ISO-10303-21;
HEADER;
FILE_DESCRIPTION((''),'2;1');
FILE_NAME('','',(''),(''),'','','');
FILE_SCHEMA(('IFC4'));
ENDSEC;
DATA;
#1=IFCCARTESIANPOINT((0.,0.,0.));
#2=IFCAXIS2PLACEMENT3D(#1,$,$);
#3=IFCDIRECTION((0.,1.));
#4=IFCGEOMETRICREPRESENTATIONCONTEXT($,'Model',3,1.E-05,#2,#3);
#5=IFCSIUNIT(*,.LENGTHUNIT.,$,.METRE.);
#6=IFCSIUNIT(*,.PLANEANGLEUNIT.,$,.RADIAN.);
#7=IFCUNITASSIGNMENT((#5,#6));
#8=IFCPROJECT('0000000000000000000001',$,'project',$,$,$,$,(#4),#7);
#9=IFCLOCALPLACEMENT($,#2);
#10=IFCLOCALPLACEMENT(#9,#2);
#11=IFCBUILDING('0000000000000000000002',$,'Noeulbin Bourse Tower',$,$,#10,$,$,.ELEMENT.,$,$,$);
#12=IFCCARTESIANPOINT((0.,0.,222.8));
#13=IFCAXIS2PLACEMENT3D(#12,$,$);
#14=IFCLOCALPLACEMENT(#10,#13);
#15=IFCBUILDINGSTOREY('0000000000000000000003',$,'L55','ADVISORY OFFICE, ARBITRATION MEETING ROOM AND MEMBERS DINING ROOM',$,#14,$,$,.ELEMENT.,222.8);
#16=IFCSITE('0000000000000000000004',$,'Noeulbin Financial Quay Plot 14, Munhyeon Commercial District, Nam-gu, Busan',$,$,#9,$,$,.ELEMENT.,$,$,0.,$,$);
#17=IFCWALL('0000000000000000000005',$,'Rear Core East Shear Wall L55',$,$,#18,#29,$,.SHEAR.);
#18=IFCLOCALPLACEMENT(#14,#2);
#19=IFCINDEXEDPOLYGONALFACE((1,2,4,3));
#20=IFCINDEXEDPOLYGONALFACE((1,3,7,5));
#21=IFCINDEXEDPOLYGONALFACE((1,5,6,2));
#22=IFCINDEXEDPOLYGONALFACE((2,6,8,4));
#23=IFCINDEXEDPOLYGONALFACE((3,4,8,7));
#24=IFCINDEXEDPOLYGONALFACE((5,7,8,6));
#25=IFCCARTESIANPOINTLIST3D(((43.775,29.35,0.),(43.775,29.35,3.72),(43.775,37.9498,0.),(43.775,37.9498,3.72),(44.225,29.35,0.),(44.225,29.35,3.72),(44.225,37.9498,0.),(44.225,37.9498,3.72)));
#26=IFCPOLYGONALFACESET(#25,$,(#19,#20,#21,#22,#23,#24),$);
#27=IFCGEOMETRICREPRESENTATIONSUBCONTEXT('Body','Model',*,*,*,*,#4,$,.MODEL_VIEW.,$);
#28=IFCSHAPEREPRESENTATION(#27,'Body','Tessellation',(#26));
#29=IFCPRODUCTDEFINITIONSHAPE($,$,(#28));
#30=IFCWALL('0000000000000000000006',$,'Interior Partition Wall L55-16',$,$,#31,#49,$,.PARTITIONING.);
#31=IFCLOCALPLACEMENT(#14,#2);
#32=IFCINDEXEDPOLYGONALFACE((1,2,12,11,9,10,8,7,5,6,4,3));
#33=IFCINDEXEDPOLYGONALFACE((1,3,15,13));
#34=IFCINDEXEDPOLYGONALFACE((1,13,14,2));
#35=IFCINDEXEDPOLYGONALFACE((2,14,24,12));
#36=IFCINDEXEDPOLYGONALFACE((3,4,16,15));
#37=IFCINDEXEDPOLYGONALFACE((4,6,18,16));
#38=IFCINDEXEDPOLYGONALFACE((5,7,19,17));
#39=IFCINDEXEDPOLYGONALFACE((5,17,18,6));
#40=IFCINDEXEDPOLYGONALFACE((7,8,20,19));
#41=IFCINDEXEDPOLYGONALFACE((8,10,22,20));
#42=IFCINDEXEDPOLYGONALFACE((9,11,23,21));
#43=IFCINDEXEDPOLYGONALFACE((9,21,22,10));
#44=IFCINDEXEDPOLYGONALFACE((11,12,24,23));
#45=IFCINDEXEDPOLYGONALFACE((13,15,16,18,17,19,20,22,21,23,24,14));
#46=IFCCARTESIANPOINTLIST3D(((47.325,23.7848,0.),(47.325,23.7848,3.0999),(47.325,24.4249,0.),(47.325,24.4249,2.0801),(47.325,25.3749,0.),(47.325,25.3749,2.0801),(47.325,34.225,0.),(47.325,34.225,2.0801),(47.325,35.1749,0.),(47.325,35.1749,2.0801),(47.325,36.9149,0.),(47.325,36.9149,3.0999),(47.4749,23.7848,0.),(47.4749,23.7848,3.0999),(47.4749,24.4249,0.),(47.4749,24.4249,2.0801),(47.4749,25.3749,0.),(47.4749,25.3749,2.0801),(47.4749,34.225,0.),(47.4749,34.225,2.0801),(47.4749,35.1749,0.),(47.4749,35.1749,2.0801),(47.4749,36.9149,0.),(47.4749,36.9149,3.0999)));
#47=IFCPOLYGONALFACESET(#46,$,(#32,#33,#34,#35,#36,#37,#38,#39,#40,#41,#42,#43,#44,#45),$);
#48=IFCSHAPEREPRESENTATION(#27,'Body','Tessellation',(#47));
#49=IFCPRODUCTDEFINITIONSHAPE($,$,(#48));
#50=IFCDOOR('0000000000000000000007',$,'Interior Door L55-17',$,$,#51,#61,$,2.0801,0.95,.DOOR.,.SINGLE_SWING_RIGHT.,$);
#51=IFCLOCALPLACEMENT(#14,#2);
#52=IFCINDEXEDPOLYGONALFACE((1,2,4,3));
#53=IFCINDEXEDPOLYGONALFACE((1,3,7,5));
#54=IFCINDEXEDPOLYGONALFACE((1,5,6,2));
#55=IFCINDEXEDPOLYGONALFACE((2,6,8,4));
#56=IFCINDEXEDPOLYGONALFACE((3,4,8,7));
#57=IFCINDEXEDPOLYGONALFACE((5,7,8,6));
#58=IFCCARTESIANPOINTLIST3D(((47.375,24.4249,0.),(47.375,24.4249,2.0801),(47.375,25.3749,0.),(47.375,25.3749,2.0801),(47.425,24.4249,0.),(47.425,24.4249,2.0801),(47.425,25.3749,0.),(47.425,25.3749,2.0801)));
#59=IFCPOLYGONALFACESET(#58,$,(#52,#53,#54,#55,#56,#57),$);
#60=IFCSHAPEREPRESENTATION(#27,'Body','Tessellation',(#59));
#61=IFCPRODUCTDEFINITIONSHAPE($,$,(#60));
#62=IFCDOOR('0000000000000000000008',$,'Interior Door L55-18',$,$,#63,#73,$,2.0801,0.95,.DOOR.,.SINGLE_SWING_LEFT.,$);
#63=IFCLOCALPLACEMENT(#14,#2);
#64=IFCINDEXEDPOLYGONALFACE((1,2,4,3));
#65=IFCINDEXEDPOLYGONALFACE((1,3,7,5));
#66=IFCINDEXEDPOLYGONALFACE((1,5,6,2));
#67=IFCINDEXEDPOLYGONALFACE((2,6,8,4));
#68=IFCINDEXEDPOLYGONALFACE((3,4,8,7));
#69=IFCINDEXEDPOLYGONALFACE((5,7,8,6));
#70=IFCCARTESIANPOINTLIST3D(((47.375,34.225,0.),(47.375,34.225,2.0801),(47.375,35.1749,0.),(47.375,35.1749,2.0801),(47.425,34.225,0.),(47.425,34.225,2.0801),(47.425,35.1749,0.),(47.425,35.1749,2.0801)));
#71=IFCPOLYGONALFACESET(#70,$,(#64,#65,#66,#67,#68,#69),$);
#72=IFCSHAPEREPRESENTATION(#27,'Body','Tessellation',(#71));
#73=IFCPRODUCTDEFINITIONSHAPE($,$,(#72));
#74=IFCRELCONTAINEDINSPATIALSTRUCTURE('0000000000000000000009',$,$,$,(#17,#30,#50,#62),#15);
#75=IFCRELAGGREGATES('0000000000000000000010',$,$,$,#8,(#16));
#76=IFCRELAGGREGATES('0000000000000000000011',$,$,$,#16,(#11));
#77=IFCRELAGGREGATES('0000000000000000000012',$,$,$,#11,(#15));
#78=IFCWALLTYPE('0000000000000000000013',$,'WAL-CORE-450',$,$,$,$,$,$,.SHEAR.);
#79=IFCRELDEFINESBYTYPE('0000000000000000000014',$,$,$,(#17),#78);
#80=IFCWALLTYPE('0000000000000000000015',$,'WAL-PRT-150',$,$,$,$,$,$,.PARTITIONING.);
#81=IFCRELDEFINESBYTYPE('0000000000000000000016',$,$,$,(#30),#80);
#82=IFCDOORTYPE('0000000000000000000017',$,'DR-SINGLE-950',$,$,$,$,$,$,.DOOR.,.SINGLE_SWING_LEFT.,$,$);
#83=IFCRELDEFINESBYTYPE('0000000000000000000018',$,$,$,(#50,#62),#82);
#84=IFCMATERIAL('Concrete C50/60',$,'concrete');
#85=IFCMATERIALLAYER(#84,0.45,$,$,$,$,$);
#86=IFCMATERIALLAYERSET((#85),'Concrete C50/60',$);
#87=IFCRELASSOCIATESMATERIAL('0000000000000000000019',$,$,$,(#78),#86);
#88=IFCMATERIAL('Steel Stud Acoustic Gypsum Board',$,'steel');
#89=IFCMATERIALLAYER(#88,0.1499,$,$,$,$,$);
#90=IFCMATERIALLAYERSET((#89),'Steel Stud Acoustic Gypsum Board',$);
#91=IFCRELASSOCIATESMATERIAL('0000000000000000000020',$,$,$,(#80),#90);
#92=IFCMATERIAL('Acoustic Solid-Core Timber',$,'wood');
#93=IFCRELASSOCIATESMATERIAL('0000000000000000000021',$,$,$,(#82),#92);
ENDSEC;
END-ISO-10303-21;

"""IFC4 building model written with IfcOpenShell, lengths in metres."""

from ifc_helpers import new_model, si_unit, direction, frame, frame_2d, origin, place, context, subcontext, project, spatial, rectangle, extrude, material, layer, layer_set, type_object, element, fill, save


model = new_model("IFC4")

# Units and contexts
model_context = context("Model", 3, precision=1e-05, world=origin(), true_north=direction((0.0, 1.0)))
body_context = subcontext(model_context, "Body", "Model", "MODEL_VIEW")
ifc_project = project(units=[si_unit("LENGTHUNIT", "METRE"), si_unit("PLANEANGLEUNIT", "RADIAN")], contexts=[model_context])

# Site, building, storey
site_placement = place(None, origin())
site = spatial("IfcSite", under=ifc_project, at=site_placement, Name="Noeulbin Financial Quay Plot 14, Munhyeon Commercial District, Nam-gu, Busan", CompositionType="ELEMENT", RefElevation=0.0)
building_placement = place(site_placement, origin())
building = spatial("IfcBuilding", under=site, at=building_placement, Name="Noeulbin Bourse Tower", CompositionType="ELEMENT")
storey_placement = place(building_placement, frame((0.0, 0.0, 222.8)))
storey = spatial("IfcBuildingStorey", under=building, at=storey_placement, Name="L55", Description="ADVISORY OFFICE, ARBITRATION MEETING ROOM AND MEMBERS DINING ROOM", CompositionType="ELEMENT", Elevation=222.8)

# Wall
ifc_material_1 = material(Name="Concrete C50/60", Category="concrete")
ifc_layer_1 = layer(ifc_material_1, 0.45)
ifc_layer_set_1 = layer_set([ifc_layer_1], Name="Concrete C50/60")
wall_type_1 = type_object("IfcWallType", Name="WAL-CORE-450", PredefinedType="SHEAR", material=ifc_layer_set_1)
wall_1_placement = place(storey_placement, frame((44.0, 29.3501, 0.0), z_axis=(0.0, 0.0, 1.0), x_axis=(0.0, 1.0, 0.0)))
element("IfcWall", 1, at=wall_1_placement, inside=storey, type_object=wall_type_1, Name="Rear Core East Shear Wall L55", PredefinedType="SHEAR", context=body_context, shape_type="SweptSolid", body=[
    extrude(rectangle(XDim=8.5999, YDim=0.45, at=frame_2d((4.2998, 0.0))), origin(), (0.0, 0.0, 1.0), 3.72),
])

# Wall, openings, doors
ifc_material_2 = material(Name="Steel Stud Acoustic Gypsum Board", Category="steel")
ifc_layer_2 = layer(ifc_material_2, 0.1499)
ifc_layer_set_2 = layer_set([ifc_layer_2], Name="Steel Stud Acoustic Gypsum Board")
wall_type_2 = type_object("IfcWallType", Name="WAL-PRT-150", PredefinedType="PARTITIONING", material=ifc_layer_set_2)
wall_2_placement = place(storey_placement, frame((47.3999, 23.7849, 0.0), z_axis=(0.0, 0.0, 1.0), x_axis=(0.0, 1.0, 0.0)))
wall_2 = element("IfcWall", 2, at=wall_2_placement, inside=storey, type_object=wall_type_2, Name="Interior Partition Wall L55-16", PredefinedType="PARTITIONING", context=body_context, shape_type="SweptSolid", body=[
    extrude(rectangle(XDim=13.1301, YDim=0.1499, at=frame_2d((6.5649, 0.0))), origin(), (0.0, 0.0, 1.0), 3.0999),
])
opening_1_placement = place(wall_2_placement, frame((0.6399, 0.0, 0.0)))
opening_1 = element("IfcOpeningElement", 3, at=opening_1_placement, cuts=wall_2, PredefinedType="OPENING", context=body_context, shape_type="SweptSolid", body=[
    extrude(rectangle(XDim=0.95, YDim=2.0801, at=frame_2d((0.4751, 1.04))), frame((0.0, 0.085, 0.0), z_axis=(0.0, -1.0, 0.0), x_axis=(1.0, 0.0, 0.0)), (0.0, 0.0, 1.0), 0.1699),
])
opening_2_placement = place(wall_2_placement, frame((10.4399, 0.0, 0.0)))
opening_2 = element("IfcOpeningElement", 4, at=opening_2_placement, cuts=wall_2, PredefinedType="OPENING", context=body_context, shape_type="SweptSolid", body=[
    extrude(rectangle(XDim=0.95, YDim=2.0801, at=frame_2d((0.4751, 1.04))), frame((0.0, 0.085, 0.0), z_axis=(0.0, -1.0, 0.0), x_axis=(1.0, 0.0, 0.0)), (0.0, 0.0, 1.0), 0.1699),
])
ifc_material_3 = material(Name="Acoustic Solid-Core Timber", Category="wood")
door_type = type_object("IfcDoorType", Name="DR-SINGLE-950", OperationType="SINGLE_SWING_LEFT", PredefinedType="DOOR", material=ifc_material_3)
door_1_placement = place(opening_1_placement, origin())
door_1 = element("IfcDoor", 5, at=door_1_placement, inside=storey, type_object=door_type, Name="Interior Door L55-17", OperationType="SINGLE_SWING_RIGHT", OverallHeight=2.0801, OverallWidth=0.95, PredefinedType="DOOR", context=body_context, shape_type="SweptSolid", body=[
    extrude(rectangle(XDim=0.95, YDim=2.0801, at=frame_2d((0.4751, 1.04))), frame((0.0, 0.0249, 0.0), z_axis=(0.0, -1.0, 0.0), x_axis=(1.0, 0.0, 0.0)), (0.0, 0.0, 1.0), 0.05),
])
fill(opening_1, door_1)
door_2_placement = place(opening_2_placement, origin())
door_2 = element("IfcDoor", 6, at=door_2_placement, inside=storey, type_object=door_type, Name="Interior Door L55-18", OperationType="SINGLE_SWING_LEFT", OverallHeight=2.0801, OverallWidth=0.95, PredefinedType="DOOR", context=body_context, shape_type="SweptSolid", body=[
    extrude(rectangle(XDim=0.95, YDim=2.0801, at=frame_2d((0.4751, 1.04))), frame((0.0, 0.0249, 0.0), z_axis=(0.0, -1.0, 0.0), x_axis=(1.0, 0.0, 0.0)), (0.0, 0.0, 1.0), 0.05),
])
fill(opening_2, door_2)

save(model, "model.ifc")
